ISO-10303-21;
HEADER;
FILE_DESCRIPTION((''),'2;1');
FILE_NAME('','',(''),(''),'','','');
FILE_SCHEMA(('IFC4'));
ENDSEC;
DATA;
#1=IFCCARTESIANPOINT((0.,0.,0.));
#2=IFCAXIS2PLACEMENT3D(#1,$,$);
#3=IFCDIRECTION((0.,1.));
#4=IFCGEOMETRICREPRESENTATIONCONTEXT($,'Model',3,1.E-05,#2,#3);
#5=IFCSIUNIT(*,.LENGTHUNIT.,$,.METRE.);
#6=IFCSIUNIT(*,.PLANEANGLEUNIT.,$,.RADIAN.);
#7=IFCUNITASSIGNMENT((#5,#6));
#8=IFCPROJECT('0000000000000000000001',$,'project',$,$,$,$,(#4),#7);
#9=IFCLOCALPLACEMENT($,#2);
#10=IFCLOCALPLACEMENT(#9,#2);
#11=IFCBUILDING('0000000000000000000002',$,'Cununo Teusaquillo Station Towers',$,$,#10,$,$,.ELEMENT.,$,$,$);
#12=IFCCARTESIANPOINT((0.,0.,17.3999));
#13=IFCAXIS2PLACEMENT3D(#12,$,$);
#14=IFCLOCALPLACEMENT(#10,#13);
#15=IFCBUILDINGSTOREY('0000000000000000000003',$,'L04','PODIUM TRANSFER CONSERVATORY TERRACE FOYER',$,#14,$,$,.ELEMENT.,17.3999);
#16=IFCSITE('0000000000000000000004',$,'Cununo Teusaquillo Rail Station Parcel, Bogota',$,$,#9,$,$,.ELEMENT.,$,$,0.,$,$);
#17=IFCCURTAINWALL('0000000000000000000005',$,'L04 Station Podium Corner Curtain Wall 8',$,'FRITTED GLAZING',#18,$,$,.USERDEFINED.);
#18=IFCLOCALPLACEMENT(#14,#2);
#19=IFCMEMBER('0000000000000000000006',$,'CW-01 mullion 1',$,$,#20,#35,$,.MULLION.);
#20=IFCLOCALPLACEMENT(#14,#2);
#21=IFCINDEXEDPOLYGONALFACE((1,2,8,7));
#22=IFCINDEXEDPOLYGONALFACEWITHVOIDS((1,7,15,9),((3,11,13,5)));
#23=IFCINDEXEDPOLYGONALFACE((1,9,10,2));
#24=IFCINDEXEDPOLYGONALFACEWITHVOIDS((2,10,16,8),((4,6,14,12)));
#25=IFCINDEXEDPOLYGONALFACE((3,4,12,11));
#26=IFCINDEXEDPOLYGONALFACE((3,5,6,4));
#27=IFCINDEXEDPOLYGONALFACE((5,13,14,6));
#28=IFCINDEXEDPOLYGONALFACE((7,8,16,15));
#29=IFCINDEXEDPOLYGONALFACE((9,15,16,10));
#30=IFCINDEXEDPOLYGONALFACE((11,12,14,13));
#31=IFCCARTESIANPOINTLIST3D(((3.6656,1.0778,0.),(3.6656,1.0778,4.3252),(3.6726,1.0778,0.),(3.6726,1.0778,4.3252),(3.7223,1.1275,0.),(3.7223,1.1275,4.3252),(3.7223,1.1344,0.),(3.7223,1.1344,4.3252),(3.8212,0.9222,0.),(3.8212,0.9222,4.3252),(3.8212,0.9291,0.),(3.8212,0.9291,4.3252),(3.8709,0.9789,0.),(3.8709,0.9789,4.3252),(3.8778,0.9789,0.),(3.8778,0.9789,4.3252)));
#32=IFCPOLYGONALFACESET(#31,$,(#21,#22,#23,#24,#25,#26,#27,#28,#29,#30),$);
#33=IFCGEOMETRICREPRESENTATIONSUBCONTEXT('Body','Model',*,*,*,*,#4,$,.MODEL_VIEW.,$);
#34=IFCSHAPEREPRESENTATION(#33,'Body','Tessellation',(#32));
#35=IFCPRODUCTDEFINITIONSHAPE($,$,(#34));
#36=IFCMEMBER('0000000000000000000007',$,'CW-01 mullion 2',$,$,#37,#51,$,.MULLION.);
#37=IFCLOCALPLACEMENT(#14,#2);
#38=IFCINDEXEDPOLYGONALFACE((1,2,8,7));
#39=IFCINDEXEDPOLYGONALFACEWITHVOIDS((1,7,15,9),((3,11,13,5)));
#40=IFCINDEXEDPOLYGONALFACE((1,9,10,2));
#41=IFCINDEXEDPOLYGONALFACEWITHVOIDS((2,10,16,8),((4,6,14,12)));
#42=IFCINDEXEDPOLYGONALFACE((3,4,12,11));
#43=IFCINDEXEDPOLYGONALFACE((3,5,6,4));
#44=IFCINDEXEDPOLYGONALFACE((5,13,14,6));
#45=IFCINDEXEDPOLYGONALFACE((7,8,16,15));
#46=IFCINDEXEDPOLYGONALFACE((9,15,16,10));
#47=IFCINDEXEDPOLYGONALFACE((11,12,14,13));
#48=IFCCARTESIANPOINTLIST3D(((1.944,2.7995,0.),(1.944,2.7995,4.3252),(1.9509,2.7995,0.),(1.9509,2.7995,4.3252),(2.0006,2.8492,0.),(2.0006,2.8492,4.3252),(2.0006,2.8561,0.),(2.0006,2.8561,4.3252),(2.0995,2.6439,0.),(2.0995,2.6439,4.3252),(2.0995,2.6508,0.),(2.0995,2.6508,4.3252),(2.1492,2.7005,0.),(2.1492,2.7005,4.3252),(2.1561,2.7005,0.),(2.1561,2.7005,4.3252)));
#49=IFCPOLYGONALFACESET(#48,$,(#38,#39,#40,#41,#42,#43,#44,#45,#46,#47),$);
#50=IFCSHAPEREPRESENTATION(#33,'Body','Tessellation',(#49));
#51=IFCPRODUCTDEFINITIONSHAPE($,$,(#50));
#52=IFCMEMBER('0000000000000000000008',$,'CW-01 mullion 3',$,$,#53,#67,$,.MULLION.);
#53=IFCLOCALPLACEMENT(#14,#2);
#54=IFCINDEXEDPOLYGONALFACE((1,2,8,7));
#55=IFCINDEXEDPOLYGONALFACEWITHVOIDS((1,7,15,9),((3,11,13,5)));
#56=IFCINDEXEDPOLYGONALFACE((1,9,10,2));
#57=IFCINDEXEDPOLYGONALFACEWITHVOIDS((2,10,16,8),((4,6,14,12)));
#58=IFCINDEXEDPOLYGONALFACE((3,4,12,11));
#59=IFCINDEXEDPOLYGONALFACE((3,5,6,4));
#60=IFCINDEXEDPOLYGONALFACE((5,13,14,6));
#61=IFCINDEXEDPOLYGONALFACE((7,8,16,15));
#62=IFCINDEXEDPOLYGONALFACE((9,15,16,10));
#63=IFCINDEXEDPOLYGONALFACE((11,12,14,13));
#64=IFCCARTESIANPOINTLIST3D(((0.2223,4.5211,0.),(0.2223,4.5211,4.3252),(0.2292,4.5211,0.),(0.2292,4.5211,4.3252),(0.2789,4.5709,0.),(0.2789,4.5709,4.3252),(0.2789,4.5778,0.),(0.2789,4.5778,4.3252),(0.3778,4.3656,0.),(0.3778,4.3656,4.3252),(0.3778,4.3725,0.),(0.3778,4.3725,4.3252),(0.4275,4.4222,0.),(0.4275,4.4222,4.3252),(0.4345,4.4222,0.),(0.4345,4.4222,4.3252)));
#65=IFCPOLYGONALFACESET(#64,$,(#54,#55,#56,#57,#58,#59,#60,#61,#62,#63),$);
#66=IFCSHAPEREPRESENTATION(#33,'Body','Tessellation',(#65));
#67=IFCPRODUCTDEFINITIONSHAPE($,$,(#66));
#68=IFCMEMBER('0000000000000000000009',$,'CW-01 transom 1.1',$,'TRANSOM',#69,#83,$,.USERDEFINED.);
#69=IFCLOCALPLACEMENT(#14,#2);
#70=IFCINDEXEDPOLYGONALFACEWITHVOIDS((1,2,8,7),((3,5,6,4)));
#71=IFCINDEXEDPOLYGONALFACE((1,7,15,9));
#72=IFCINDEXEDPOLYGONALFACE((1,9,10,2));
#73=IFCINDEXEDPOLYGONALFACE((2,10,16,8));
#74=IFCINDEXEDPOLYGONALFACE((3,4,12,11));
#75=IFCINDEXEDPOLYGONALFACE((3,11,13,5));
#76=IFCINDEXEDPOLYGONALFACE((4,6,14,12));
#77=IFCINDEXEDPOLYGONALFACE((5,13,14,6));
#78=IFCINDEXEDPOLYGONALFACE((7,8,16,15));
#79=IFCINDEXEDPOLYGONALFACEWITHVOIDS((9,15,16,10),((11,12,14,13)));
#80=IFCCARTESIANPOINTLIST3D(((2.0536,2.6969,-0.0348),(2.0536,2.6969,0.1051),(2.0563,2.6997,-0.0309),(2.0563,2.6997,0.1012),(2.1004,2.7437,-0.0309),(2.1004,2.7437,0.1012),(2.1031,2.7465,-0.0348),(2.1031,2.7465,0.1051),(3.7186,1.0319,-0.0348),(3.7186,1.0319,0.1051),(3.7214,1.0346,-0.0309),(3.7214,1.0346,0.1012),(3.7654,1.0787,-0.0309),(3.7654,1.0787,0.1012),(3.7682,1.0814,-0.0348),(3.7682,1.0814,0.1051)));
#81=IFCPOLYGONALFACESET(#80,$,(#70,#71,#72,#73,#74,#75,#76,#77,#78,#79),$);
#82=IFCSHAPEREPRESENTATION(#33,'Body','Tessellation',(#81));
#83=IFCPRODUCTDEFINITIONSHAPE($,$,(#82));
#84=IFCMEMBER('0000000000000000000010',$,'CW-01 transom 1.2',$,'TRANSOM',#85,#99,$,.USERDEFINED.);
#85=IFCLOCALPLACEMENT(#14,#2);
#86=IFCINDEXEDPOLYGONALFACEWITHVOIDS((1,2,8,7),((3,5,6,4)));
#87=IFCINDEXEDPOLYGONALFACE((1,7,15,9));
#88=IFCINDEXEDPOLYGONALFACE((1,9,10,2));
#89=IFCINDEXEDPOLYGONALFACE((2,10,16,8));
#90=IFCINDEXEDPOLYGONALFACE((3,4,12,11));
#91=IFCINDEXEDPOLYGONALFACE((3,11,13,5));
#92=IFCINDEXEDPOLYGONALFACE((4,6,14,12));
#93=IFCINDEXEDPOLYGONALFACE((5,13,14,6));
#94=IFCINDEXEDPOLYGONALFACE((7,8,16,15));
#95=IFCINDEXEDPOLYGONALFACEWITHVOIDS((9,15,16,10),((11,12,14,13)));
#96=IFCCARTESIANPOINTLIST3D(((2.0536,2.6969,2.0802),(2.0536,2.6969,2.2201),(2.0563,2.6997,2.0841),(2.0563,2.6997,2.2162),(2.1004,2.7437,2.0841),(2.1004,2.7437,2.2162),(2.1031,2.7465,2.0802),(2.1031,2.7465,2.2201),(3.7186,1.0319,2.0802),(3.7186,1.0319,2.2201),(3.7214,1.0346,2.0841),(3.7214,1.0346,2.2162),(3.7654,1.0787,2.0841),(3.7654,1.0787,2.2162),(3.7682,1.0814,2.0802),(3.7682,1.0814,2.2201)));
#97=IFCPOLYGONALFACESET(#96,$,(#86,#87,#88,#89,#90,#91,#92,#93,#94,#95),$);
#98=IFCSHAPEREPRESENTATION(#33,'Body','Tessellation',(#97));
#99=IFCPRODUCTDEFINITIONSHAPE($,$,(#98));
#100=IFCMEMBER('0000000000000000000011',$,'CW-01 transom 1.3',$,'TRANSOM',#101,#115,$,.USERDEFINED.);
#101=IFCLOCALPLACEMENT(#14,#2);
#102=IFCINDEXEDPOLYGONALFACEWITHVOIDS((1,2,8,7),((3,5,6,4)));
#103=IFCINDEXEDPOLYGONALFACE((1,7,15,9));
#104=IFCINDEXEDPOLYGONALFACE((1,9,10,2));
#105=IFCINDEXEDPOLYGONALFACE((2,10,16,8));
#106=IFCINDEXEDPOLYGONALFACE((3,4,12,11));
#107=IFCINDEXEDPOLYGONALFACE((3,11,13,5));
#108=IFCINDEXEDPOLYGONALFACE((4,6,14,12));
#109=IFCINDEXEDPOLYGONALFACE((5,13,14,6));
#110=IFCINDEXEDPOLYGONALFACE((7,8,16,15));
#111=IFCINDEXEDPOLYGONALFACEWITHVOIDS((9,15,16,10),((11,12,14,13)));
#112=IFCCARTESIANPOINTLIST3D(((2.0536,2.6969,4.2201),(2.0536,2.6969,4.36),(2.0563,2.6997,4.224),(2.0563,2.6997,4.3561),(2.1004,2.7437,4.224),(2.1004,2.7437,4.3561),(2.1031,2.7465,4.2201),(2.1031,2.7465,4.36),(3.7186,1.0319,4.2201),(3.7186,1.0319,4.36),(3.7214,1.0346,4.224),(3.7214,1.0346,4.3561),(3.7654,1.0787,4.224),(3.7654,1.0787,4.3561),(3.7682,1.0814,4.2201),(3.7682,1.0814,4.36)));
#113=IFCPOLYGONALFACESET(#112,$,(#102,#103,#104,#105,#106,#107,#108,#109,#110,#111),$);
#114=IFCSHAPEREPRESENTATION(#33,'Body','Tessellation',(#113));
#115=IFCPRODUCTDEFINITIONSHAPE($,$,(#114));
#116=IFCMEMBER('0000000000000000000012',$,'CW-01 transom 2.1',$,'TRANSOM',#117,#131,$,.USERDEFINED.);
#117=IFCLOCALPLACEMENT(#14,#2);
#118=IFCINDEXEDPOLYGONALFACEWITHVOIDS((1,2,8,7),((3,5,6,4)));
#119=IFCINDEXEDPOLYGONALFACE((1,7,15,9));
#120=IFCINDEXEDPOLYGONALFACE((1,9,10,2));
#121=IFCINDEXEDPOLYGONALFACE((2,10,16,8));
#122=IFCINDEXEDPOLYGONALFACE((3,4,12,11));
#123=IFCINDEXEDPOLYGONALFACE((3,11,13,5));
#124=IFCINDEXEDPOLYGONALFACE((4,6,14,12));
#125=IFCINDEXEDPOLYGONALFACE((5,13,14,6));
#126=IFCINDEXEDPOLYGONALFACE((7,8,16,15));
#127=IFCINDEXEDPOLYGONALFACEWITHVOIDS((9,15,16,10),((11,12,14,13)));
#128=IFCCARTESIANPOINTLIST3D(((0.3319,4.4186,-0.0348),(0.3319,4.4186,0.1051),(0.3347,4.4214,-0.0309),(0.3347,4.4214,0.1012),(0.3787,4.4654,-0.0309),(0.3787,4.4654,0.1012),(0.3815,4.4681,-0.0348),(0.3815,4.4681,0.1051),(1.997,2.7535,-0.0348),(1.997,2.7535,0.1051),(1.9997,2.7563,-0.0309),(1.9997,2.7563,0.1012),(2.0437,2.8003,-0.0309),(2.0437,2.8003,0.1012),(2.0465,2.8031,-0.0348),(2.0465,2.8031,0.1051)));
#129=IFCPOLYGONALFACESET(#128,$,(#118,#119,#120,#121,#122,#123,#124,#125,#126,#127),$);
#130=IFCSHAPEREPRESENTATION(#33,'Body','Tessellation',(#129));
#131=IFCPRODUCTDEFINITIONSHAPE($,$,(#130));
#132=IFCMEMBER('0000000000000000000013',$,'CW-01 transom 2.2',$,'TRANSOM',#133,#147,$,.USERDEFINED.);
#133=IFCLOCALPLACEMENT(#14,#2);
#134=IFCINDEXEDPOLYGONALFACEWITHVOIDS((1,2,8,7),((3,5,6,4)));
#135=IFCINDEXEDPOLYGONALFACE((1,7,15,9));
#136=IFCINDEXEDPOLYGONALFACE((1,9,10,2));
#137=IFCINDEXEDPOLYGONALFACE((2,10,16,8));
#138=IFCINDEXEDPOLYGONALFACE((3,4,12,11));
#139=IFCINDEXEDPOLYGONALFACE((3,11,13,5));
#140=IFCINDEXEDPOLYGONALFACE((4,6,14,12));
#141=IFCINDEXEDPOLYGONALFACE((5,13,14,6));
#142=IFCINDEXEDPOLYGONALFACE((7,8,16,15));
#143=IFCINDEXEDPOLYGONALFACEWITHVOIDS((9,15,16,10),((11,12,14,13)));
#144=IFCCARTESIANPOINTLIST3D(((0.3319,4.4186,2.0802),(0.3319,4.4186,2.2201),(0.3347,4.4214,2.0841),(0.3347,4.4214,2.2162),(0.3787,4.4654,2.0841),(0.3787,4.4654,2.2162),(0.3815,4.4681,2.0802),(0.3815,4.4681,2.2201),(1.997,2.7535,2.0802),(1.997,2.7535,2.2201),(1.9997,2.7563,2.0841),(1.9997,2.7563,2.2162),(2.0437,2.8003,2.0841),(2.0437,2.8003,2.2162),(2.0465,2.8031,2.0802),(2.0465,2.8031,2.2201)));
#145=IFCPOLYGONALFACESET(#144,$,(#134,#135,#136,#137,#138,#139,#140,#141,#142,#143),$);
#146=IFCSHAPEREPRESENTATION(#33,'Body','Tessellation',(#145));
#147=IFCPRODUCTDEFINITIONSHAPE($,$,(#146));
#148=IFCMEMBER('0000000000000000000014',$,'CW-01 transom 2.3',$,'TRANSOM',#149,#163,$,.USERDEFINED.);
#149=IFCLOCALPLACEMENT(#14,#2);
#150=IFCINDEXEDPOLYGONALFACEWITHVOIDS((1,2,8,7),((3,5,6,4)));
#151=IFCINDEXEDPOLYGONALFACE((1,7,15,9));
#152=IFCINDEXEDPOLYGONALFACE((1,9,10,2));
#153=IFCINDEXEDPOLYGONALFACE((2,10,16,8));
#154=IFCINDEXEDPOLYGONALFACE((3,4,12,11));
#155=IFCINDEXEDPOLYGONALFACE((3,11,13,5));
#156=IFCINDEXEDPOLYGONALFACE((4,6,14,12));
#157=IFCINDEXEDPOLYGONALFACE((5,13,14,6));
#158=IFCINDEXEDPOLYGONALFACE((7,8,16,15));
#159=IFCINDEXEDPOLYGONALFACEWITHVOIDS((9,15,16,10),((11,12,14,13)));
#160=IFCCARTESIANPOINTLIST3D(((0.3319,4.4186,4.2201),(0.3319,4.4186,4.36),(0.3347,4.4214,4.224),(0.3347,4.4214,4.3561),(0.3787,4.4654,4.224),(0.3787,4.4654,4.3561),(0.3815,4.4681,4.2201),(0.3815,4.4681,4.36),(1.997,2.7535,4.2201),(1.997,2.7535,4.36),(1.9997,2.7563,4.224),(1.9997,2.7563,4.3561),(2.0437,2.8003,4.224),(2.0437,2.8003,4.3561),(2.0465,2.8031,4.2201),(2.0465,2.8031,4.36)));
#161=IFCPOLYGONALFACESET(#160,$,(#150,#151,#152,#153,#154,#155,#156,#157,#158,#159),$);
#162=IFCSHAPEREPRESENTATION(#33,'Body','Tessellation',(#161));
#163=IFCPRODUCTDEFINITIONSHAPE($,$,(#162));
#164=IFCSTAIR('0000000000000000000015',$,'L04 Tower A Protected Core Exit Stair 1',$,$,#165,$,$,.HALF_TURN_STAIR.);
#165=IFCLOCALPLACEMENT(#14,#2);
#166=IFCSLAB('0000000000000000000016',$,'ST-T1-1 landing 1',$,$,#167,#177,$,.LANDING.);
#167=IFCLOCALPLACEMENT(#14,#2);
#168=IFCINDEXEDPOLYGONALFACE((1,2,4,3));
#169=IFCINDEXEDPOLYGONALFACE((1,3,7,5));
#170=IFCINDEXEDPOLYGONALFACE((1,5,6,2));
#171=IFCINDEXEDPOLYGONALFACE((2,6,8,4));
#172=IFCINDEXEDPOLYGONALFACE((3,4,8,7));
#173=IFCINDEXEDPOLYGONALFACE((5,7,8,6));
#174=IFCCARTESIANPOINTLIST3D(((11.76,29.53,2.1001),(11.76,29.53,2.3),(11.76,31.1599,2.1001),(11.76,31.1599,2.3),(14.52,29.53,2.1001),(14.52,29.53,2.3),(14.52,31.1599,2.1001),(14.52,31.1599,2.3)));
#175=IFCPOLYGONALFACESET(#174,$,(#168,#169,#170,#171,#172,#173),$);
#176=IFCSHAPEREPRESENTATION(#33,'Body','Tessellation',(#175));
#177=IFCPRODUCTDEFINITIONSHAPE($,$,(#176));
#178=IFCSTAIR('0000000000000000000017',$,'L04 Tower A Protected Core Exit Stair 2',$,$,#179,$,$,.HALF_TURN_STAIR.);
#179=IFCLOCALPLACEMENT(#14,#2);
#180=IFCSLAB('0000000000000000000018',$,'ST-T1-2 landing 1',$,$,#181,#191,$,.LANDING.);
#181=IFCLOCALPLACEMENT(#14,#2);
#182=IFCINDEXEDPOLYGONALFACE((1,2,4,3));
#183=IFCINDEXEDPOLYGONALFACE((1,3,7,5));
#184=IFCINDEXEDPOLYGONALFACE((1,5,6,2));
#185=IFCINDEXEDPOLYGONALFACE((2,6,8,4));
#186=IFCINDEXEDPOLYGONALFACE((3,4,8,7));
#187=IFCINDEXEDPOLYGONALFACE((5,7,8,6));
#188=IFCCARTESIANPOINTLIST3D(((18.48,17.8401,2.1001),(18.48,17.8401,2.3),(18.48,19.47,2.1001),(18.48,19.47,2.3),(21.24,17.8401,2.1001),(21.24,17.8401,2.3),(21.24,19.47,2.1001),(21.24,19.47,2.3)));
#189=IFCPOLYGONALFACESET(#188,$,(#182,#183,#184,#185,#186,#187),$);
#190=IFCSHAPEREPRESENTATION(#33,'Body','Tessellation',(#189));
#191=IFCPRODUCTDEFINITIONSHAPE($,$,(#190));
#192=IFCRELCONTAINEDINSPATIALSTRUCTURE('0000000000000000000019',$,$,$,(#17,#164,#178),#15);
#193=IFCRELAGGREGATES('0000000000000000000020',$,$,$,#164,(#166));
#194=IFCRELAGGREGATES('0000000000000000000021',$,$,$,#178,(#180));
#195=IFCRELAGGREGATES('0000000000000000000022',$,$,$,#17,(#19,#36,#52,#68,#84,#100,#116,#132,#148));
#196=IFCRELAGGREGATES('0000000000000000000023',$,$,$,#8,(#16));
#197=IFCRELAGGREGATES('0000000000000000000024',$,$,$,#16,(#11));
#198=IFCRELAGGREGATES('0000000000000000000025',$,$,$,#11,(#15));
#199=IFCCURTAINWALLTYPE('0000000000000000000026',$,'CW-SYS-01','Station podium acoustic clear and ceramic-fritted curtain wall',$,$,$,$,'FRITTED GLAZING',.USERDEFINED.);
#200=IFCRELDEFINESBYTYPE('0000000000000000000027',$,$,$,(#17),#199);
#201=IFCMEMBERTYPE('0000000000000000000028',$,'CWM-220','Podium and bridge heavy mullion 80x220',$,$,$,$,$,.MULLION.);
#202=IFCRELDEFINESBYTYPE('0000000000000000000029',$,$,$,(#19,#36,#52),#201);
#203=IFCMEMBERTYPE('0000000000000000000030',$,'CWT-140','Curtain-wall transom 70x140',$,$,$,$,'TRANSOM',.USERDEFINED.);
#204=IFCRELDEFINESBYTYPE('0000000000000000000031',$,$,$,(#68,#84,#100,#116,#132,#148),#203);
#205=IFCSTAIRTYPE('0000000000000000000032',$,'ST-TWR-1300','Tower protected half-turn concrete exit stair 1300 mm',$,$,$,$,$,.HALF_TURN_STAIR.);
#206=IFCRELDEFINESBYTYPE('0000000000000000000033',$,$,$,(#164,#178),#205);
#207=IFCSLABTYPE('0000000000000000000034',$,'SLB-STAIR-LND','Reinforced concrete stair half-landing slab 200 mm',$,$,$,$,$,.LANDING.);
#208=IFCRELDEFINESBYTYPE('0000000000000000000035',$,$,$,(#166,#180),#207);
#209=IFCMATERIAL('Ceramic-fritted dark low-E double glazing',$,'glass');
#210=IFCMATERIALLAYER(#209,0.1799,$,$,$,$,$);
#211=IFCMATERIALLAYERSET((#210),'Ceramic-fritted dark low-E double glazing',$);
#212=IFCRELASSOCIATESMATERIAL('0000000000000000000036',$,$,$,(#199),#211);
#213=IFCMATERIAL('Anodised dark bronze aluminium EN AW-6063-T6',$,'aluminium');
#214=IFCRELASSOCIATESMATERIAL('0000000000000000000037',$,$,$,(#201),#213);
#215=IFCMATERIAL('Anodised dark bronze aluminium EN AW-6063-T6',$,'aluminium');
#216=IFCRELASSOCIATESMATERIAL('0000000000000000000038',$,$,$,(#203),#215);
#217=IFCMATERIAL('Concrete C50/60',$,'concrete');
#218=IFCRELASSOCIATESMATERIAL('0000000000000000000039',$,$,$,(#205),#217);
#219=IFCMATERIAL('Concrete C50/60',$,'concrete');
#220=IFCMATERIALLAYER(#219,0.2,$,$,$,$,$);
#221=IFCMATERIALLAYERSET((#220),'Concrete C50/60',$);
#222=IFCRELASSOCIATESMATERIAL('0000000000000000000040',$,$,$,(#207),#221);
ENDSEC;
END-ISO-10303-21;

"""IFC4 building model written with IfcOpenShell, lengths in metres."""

from ifc_helpers import new_model, si_unit, direction, frame, origin, origin_2d, place, context, subcontext, project, spatial, polyline, hollow_rectangle, outline, extrude, material, layer, layer_set, material_profile, profile_set, type_object, element, aggregate, save


model = new_model("IFC4")

# Units and contexts
model_context = context("Model", 3, precision=1e-05, world=origin(), true_north=direction((0.0, 1.0)))
body_context = subcontext(model_context, "Body", "Model", "MODEL_VIEW")
ifc_project = project(units=[si_unit("LENGTHUNIT", "METRE"), si_unit("PLANEANGLEUNIT", "RADIAN")], contexts=[model_context])

# Site, building, storey
site_placement = place(None, origin())
site = spatial("IfcSite", under=ifc_project, at=site_placement, Name="Cununo Teusaquillo Rail Station Parcel, Bogota", CompositionType="ELEMENT", RefElevation=0.0)
building_placement = place(site_placement, origin())
building = spatial("IfcBuilding", under=site, at=building_placement, Name="Cununo Teusaquillo Station Towers", CompositionType="ELEMENT")
storey_placement = place(building_placement, frame((0.0, 0.0, 17.3999)))
storey = spatial("IfcBuildingStorey", under=building, at=storey_placement, Name="L04", Description="PODIUM TRANSFER CONSERVATORY TERRACE FOYER", CompositionType="ELEMENT", Elevation=17.3999)

# Curtain wall, members
ifc_material_1 = material(Name="Ceramic-fritted dark low-E double glazing", Category="glass")
ifc_layer_1 = layer(ifc_material_1, 0.1799)
ifc_layer_set_1 = layer_set([ifc_layer_1], Name="Ceramic-fritted dark low-E double glazing")
curtain_wall_type = type_object("IfcCurtainWallType", Name="CW-SYS-01", Description="Station podium acoustic clear and ceramic-fritted curtain wall", ElementType="FRITTED GLAZING", PredefinedType="USERDEFINED", material=ifc_layer_set_1)
curtain_wall_placement = place(storey_placement, origin())
curtain_wall = element("IfcCurtainWall", 1, at=curtain_wall_placement, inside=storey, type_object=curtain_wall_type, Name="L04 Station Podium Corner Curtain Wall 8", ObjectType="FRITTED GLAZING", PredefinedType="USERDEFINED")
ifc_material_2 = material(Name="Anodised dark bronze aluminium EN AW-6063-T6", Category="aluminium")
ifc_material_profile_1 = material_profile(ifc_material_2, hollow_rectangle(XDim=0.0801, YDim=0.22, WallThickness=0.0049, at=origin_2d()), Name="CW-MULL-80x220")
ifc_profile_set_1 = profile_set([ifc_material_profile_1], Name="Anodised dark bronze aluminium EN AW-6063-T6")
member_type_1 = type_object("IfcMemberType", Name="CWM-220", Description="Podium and bridge heavy mullion 80x220", PredefinedType="MULLION", material=ifc_profile_set_1)
member_1_placement = place(storey_placement, frame((3.7717, 1.0283, 0.0), z_axis=(0.0, 0.0, 1.0), x_axis=(-0.707107, -0.707107, 0.0)))
member_1 = element("IfcMember", 2, at=member_1_placement, type_object=member_type_1, Name="CW-01 mullion 1", PredefinedType="MULLION", context=body_context, shape_type="SweptSolid", body=[
    extrude(hollow_rectangle(XDim=0.0801, YDim=0.22, WallThickness=0.0049, at=origin_2d()), origin(), (0.0, 0.0, 1.0), 4.3252),
])
member_2_placement = place(storey_placement, frame((2.05, 2.75, 0.0), z_axis=(0.0, 0.0, 1.0), x_axis=(-0.707107, -0.707107, 0.0)))
member_2 = element("IfcMember", 3, at=member_2_placement, type_object=member_type_1, Name="CW-01 mullion 2", PredefinedType="MULLION", context=body_context, shape_type="SweptSolid", body=[
    extrude(hollow_rectangle(XDim=0.0801, YDim=0.22, WallThickness=0.0049, at=origin_2d()), origin(), (0.0, 0.0, 1.0), 4.3252),
])
member_3_placement = place(storey_placement, frame((0.3284, 4.4717, 0.0), z_axis=(0.0, 0.0, 1.0), x_axis=(-0.707107, -0.707107, 0.0)))
member_3 = element("IfcMember", 4, at=member_3_placement, type_object=member_type_1, Name="CW-01 mullion 3", PredefinedType="MULLION", context=body_context, shape_type="SweptSolid", body=[
    extrude(hollow_rectangle(XDim=0.0801, YDim=0.22, WallThickness=0.0049, at=origin_2d()), origin(), (0.0, 0.0, 1.0), 4.3252),
])
ifc_material_3 = material(Name="Anodised dark bronze aluminium EN AW-6063-T6", Category="aluminium")
ifc_material_profile_2 = material_profile(ifc_material_3, hollow_rectangle(XDim=0.0701, YDim=0.1399, WallThickness=0.0039, at=origin_2d()), Name="CW-TRAN-70x140")
ifc_profile_set_2 = profile_set([ifc_material_profile_2], Name="Anodised dark bronze aluminium EN AW-6063-T6")
member_type_2 = type_object("IfcMemberType", Name="CWT-140", Description="Curtain-wall transom 70x140", ElementType="TRANSOM", PredefinedType="USERDEFINED", material=ifc_profile_set_2)
member_4_placement = place(storey_placement, frame((3.7434, 1.0566, 0.0352), z_axis=(-0.707107, 0.707107, 0.0), x_axis=(-0.707107, -0.707107, 0.0)))
member_4 = element("IfcMember", 5, at=member_4_placement, type_object=member_type_2, Name="CW-01 transom 1.1", ObjectType="TRANSOM", PredefinedType="USERDEFINED", context=body_context, shape_type="SweptSolid", body=[
    extrude(hollow_rectangle(XDim=0.0701, YDim=0.1399, WallThickness=0.0039, at=origin_2d()), origin(), (0.0, 0.0, 1.0), 2.3547),
])
member_5_placement = place(storey_placement, frame((3.7434, 1.0566, 2.1501), z_axis=(-0.707107, 0.707107, 0.0), x_axis=(-0.707107, -0.707107, 0.0)))
member_5 = element("IfcMember", 6, at=member_5_placement, type_object=member_type_2, Name="CW-01 transom 1.2", ObjectType="TRANSOM", PredefinedType="USERDEFINED", context=body_context, shape_type="SweptSolid", body=[
    extrude(hollow_rectangle(XDim=0.0701, YDim=0.1399, WallThickness=0.0039, at=origin_2d()), origin(), (0.0, 0.0, 1.0), 2.3547),
])
member_6_placement = place(storey_placement, frame((3.7434, 1.0566, 4.29), z_axis=(-0.707107, 0.707107, 0.0), x_axis=(-0.707107, -0.707107, 0.0)))
member_6 = element("IfcMember", 7, at=member_6_placement, type_object=member_type_2, Name="CW-01 transom 1.3", ObjectType="TRANSOM", PredefinedType="USERDEFINED", context=body_context, shape_type="SweptSolid", body=[
    extrude(hollow_rectangle(XDim=0.0701, YDim=0.1399, WallThickness=0.0039, at=origin_2d()), origin(), (0.0, 0.0, 1.0), 2.3547),
])
member_7_placement = place(storey_placement, frame((2.0217, 2.7783, 0.0352), z_axis=(-0.707107, 0.707107, 0.0), x_axis=(-0.707107, -0.707107, 0.0)))
member_7 = element("IfcMember", 8, at=member_7_placement, type_object=member_type_2, Name="CW-01 transom 2.1", ObjectType="TRANSOM", PredefinedType="USERDEFINED", context=body_context, shape_type="SweptSolid", body=[
    extrude(hollow_rectangle(XDim=0.0701, YDim=0.1399, WallThickness=0.0039, at=origin_2d()), origin(), (0.0, 0.0, 1.0), 2.3547),
])
member_8_placement = place(storey_placement, frame((2.0217, 2.7783, 2.1501), z_axis=(-0.707107, 0.707107, 0.0), x_axis=(-0.707107, -0.707107, 0.0)))
member_8 = element("IfcMember", 9, at=member_8_placement, type_object=member_type_2, Name="CW-01 transom 2.2", ObjectType="TRANSOM", PredefinedType="USERDEFINED", context=body_context, shape_type="SweptSolid", body=[
    extrude(hollow_rectangle(XDim=0.0701, YDim=0.1399, WallThickness=0.0039, at=origin_2d()), origin(), (0.0, 0.0, 1.0), 2.3547),
])
member_9_placement = place(storey_placement, frame((2.0217, 2.7783, 4.29), z_axis=(-0.707107, 0.707107, 0.0), x_axis=(-0.707107, -0.707107, 0.0)))
member_9 = element("IfcMember", 10, at=member_9_placement, type_object=member_type_2, Name="CW-01 transom 2.3", ObjectType="TRANSOM", PredefinedType="USERDEFINED", context=body_context, shape_type="SweptSolid", body=[
    extrude(hollow_rectangle(XDim=0.0701, YDim=0.1399, WallThickness=0.0039, at=origin_2d()), origin(), (0.0, 0.0, 1.0), 2.3547),
])

# Stairs, slabs
ifc_material_4 = material(Name="Concrete C50/60", Category="concrete")
stair_type = type_object("IfcStairType", Name="ST-TWR-1300", Description="Tower protected half-turn concrete exit stair 1300 mm", PredefinedType="HALF_TURN_STAIR", material=ifc_material_4)
stair_1_placement = place(storey_placement, origin())
stair_1 = element("IfcStair", 11, at=stair_1_placement, inside=storey, type_object=stair_type, Name="L04 Tower A Protected Core Exit Stair 1", PredefinedType="HALF_TURN_STAIR")
ifc_material_5 = material(Name="Concrete C50/60", Category="concrete")
ifc_layer_2 = layer(ifc_material_5, 0.2)
ifc_layer_set_2 = layer_set([ifc_layer_2], Name="Concrete C50/60")
slab_type_1 = type_object("IfcSlabType", Name="SLB-STAIR-LND", Description="Reinforced concrete stair half-landing slab 200 mm", PredefinedType="LANDING", material=ifc_layer_set_2)
slab_1_placement = place(storey_placement, frame((0.0, 0.0, 2.1001)))
slab_1 = element("IfcSlab", 12, at=slab_1_placement, type_object=slab_type_1, Name="ST-T1-1 landing 1", PredefinedType="LANDING", context=body_context, shape_type="SweptSolid", body=[
    extrude(outline(polyline([(14.52, 29.53), (14.52, 31.1599), (11.76, 31.1599), (11.76, 29.53), (14.52, 29.53)])), origin(), (0.0, 0.0, 1.0), 0.2),
])
aggregate(stair_1, [slab_1])
stair_2_placement = place(storey_placement, origin())
stair_2 = element("IfcStair", 13, at=stair_2_placement, inside=storey, type_object=stair_type, Name="L04 Tower A Protected Core Exit Stair 2", PredefinedType="HALF_TURN_STAIR")
slab_2_placement = place(storey_placement, frame((0.0, 0.0, 2.1001)))
slab_2 = element("IfcSlab", 14, at=slab_2_placement, type_object=slab_type_1, Name="ST-T1-2 landing 1", PredefinedType="LANDING", context=body_context, shape_type="SweptSolid", body=[
    extrude(outline(polyline([(18.48, 19.47), (18.48, 17.8401), (21.24, 17.8401), (21.24, 19.47), (18.48, 19.47)])), origin(), (0.0, 0.0, 1.0), 0.2),
])
aggregate(stair_2, [slab_2])

aggregate(curtain_wall, [member_1, member_2, member_3, member_4, member_5, member_6, member_7, member_8, member_9])

save(model, "model.ifc")
